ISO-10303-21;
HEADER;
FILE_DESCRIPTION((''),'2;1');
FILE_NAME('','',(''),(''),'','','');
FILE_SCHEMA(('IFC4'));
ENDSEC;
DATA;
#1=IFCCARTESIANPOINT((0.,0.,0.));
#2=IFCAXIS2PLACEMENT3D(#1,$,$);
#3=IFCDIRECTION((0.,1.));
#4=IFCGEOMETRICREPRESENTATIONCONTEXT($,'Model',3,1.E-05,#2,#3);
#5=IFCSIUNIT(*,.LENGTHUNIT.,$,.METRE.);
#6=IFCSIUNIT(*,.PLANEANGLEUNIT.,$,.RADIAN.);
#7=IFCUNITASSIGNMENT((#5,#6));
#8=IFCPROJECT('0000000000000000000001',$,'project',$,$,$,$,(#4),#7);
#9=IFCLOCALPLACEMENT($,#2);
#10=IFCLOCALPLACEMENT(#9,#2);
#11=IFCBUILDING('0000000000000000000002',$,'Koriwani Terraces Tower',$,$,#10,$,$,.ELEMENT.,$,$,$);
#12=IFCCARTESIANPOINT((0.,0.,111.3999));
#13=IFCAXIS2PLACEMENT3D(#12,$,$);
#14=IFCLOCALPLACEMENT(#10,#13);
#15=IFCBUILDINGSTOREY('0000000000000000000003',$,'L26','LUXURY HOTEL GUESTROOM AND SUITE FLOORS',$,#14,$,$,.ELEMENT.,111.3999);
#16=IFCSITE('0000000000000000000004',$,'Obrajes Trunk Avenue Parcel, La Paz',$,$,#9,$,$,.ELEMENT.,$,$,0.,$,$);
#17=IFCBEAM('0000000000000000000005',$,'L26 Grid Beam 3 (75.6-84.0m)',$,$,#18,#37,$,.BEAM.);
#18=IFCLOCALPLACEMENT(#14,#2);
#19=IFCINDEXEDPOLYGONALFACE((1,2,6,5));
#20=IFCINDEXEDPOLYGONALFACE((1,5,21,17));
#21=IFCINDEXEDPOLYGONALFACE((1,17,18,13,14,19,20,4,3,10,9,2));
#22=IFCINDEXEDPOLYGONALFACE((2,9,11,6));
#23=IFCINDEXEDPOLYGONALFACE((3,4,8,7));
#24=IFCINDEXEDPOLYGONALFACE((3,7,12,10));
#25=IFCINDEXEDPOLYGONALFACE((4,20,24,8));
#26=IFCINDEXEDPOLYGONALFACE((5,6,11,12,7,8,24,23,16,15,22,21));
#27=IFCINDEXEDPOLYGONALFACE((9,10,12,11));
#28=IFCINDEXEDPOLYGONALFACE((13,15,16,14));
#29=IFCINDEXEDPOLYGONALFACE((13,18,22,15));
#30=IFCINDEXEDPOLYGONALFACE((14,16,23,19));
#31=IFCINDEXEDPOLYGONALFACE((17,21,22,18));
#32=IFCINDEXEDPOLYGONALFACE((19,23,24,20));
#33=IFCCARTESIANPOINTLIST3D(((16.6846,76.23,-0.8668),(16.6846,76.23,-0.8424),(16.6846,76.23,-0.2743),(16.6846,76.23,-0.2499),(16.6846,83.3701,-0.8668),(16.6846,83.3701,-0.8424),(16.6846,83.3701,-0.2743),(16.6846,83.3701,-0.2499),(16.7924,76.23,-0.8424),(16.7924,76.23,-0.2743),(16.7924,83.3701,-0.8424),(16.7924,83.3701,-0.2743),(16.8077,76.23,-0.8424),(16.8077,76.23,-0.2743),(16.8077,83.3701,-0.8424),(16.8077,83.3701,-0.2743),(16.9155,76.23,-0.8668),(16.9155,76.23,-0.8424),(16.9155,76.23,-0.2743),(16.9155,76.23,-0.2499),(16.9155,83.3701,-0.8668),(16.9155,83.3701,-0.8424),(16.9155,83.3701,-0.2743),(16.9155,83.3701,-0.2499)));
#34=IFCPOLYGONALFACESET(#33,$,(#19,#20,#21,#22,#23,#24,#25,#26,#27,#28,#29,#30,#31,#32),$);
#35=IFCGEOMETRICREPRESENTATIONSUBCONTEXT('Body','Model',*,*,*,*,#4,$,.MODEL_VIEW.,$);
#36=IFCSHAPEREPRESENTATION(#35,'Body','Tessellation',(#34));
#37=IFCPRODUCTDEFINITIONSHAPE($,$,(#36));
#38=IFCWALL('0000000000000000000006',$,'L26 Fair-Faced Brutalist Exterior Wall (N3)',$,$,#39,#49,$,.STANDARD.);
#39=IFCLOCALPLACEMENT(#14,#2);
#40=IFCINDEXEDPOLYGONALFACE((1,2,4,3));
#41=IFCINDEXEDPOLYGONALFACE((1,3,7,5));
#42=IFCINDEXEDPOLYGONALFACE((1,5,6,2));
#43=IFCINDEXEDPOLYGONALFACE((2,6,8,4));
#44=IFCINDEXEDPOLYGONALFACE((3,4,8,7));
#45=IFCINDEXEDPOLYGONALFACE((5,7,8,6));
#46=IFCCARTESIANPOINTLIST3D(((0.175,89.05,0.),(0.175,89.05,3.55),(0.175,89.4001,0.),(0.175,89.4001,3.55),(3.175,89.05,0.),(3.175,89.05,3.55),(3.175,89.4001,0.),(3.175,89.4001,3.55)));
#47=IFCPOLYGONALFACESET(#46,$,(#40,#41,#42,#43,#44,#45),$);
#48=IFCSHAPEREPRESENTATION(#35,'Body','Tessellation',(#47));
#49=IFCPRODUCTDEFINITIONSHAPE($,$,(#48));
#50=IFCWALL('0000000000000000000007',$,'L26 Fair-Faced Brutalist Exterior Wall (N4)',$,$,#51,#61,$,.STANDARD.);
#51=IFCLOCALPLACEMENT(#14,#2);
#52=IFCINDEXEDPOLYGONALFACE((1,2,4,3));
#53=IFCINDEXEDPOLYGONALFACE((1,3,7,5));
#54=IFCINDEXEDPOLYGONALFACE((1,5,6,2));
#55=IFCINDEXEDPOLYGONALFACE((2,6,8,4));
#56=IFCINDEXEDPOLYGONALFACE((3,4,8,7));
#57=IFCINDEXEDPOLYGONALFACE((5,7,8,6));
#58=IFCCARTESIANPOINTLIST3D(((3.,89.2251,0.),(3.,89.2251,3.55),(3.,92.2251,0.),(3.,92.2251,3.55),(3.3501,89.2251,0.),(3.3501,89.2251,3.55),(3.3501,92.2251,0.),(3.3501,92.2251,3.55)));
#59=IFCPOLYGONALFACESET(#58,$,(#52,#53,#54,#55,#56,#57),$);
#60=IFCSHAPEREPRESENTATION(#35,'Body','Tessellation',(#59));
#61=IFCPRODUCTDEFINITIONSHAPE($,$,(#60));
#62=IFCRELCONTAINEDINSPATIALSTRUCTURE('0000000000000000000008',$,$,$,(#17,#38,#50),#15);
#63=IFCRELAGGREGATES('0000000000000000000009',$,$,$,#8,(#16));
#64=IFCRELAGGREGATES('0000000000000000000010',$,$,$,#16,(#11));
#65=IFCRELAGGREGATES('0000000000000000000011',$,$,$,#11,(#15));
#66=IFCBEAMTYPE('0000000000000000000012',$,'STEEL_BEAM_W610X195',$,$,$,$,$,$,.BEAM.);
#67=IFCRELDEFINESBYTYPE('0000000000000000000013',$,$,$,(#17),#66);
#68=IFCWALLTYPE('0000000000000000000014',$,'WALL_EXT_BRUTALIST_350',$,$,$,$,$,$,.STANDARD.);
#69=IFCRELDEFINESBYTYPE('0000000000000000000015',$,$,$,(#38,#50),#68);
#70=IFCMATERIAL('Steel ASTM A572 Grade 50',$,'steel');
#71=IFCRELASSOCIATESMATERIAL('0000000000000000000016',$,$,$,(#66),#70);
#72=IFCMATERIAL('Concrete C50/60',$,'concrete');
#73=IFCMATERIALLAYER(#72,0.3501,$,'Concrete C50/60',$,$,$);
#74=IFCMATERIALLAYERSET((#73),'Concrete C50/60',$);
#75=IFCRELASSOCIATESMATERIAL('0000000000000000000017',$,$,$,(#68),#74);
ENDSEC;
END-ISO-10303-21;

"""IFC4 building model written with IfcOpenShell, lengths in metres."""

from ifc_helpers import new_model, si_unit, direction, frame, frame_2d, origin, origin_2d, place, context, subcontext, project, spatial, rectangle, i_section, extrude, material, layer, layer_set, material_profile, profile_set, type_object, element, save


model = new_model("IFC4")

# Units and contexts
model_context = context("Model", 3, precision=1e-05, world=origin(), true_north=direction((0.0, 1.0)))
body_context = subcontext(model_context, "Body", "Model", "MODEL_VIEW")
ifc_project = project(units=[si_unit("LENGTHUNIT", "METRE"), si_unit("PLANEANGLEUNIT", "RADIAN")], contexts=[model_context])

# Site, building, storey
site_placement = place(None, origin())
site = spatial("IfcSite", under=ifc_project, at=site_placement, Name="Obrajes Trunk Avenue Parcel, La Paz", CompositionType="ELEMENT", RefElevation=0.0)
building_placement = place(site_placement, origin())
building = spatial("IfcBuilding", under=site, at=building_placement, Name="Koriwani Terraces Tower", CompositionType="ELEMENT")
storey_placement = place(building_placement, frame((0.0, 0.0, 111.3999)))
storey = spatial("IfcBuildingStorey", under=building, at=storey_placement, Name="L26", Description="LUXURY HOTEL GUESTROOM AND SUITE FLOORS", CompositionType="ELEMENT", Elevation=111.3999)

# Shared definitions
ifc_material_1 = material(Name="Concrete C50/60", Category="concrete")

# Beam
ifc_material_2 = material(Name="Steel ASTM A572 Grade 50", Category="steel")
ifc_material_profile_1 = material_profile(ifc_material_2, i_section(OverallWidth=0.231, OverallDepth=0.6169, WebThickness=0.0154, FlangeThickness=0.0244, at=origin_2d()), Name="Steel ASTM A572 Grade 50", Category="LoadBearing")
ifc_profile_set_1 = profile_set([ifc_material_profile_1], Name="Steel ASTM A572 Grade 50")
beam_type_1 = type_object("IfcBeamType", Name="STEEL_BEAM_W610X195", PredefinedType="BEAM", material=ifc_profile_set_1)
for number, where, z_axis, x_axis, name in (
    (1, (16.8, 76.23, -0.5583), (0.0, 1.0, 0.0), (-1.0, 0.0, 0.0), "L26 Grid Beam 3 (75.6-84.0m)"),
):
    element("IfcBeam", number, at=place(storey_placement, frame(where, z_axis=z_axis, x_axis=x_axis)), inside=storey, type_object=beam_type_1, Name=name, PredefinedType="BEAM", context=body_context, shape_type="SweptSolid", body=[
        extrude(i_section(OverallWidth=0.231, OverallDepth=0.6169, WebThickness=0.0154, FlangeThickness=0.0244, at=origin_2d()), origin(), (0.0, 0.0, 1.0), 7.1401),
    ])

# Walls
ifc_layer_1 = layer(ifc_material_1, 0.3501, Name="Concrete C50/60")
ifc_layer_set_1 = layer_set([ifc_layer_1], Name="Concrete C50/60")
wall_type = type_object("IfcWallType", Name="WALL_EXT_BRUTALIST_350", PredefinedType="STANDARD", material=ifc_layer_set_1)
for number, where, z_axis, x_axis, name in (
    (2, (0.175, 89.2251, 0.0), (0.0, 0.0, 1.0), (1.0, 0.0, 0.0), "L26 Fair-Faced Brutalist Exterior Wall (N3)"),
    (3, (3.175, 89.2251, 0.0), (0.0, 0.0, 1.0), (0.0, 1.0, 0.0), "L26 Fair-Faced Brutalist Exterior Wall (N4)"),
):
    element("IfcWall", number, at=place(storey_placement, frame(where, z_axis=z_axis, x_axis=x_axis)), inside=storey, type_object=wall_type, Name=name, PredefinedType="STANDARD", context=body_context, shape_type="SweptSolid", body=[
        extrude(rectangle(XDim=3.0, YDim=0.3501, at=frame_2d((1.5, 0.0))), origin(), (0.0, 0.0, 1.0), 3.55),
    ])

save(model, "model.ifc")
